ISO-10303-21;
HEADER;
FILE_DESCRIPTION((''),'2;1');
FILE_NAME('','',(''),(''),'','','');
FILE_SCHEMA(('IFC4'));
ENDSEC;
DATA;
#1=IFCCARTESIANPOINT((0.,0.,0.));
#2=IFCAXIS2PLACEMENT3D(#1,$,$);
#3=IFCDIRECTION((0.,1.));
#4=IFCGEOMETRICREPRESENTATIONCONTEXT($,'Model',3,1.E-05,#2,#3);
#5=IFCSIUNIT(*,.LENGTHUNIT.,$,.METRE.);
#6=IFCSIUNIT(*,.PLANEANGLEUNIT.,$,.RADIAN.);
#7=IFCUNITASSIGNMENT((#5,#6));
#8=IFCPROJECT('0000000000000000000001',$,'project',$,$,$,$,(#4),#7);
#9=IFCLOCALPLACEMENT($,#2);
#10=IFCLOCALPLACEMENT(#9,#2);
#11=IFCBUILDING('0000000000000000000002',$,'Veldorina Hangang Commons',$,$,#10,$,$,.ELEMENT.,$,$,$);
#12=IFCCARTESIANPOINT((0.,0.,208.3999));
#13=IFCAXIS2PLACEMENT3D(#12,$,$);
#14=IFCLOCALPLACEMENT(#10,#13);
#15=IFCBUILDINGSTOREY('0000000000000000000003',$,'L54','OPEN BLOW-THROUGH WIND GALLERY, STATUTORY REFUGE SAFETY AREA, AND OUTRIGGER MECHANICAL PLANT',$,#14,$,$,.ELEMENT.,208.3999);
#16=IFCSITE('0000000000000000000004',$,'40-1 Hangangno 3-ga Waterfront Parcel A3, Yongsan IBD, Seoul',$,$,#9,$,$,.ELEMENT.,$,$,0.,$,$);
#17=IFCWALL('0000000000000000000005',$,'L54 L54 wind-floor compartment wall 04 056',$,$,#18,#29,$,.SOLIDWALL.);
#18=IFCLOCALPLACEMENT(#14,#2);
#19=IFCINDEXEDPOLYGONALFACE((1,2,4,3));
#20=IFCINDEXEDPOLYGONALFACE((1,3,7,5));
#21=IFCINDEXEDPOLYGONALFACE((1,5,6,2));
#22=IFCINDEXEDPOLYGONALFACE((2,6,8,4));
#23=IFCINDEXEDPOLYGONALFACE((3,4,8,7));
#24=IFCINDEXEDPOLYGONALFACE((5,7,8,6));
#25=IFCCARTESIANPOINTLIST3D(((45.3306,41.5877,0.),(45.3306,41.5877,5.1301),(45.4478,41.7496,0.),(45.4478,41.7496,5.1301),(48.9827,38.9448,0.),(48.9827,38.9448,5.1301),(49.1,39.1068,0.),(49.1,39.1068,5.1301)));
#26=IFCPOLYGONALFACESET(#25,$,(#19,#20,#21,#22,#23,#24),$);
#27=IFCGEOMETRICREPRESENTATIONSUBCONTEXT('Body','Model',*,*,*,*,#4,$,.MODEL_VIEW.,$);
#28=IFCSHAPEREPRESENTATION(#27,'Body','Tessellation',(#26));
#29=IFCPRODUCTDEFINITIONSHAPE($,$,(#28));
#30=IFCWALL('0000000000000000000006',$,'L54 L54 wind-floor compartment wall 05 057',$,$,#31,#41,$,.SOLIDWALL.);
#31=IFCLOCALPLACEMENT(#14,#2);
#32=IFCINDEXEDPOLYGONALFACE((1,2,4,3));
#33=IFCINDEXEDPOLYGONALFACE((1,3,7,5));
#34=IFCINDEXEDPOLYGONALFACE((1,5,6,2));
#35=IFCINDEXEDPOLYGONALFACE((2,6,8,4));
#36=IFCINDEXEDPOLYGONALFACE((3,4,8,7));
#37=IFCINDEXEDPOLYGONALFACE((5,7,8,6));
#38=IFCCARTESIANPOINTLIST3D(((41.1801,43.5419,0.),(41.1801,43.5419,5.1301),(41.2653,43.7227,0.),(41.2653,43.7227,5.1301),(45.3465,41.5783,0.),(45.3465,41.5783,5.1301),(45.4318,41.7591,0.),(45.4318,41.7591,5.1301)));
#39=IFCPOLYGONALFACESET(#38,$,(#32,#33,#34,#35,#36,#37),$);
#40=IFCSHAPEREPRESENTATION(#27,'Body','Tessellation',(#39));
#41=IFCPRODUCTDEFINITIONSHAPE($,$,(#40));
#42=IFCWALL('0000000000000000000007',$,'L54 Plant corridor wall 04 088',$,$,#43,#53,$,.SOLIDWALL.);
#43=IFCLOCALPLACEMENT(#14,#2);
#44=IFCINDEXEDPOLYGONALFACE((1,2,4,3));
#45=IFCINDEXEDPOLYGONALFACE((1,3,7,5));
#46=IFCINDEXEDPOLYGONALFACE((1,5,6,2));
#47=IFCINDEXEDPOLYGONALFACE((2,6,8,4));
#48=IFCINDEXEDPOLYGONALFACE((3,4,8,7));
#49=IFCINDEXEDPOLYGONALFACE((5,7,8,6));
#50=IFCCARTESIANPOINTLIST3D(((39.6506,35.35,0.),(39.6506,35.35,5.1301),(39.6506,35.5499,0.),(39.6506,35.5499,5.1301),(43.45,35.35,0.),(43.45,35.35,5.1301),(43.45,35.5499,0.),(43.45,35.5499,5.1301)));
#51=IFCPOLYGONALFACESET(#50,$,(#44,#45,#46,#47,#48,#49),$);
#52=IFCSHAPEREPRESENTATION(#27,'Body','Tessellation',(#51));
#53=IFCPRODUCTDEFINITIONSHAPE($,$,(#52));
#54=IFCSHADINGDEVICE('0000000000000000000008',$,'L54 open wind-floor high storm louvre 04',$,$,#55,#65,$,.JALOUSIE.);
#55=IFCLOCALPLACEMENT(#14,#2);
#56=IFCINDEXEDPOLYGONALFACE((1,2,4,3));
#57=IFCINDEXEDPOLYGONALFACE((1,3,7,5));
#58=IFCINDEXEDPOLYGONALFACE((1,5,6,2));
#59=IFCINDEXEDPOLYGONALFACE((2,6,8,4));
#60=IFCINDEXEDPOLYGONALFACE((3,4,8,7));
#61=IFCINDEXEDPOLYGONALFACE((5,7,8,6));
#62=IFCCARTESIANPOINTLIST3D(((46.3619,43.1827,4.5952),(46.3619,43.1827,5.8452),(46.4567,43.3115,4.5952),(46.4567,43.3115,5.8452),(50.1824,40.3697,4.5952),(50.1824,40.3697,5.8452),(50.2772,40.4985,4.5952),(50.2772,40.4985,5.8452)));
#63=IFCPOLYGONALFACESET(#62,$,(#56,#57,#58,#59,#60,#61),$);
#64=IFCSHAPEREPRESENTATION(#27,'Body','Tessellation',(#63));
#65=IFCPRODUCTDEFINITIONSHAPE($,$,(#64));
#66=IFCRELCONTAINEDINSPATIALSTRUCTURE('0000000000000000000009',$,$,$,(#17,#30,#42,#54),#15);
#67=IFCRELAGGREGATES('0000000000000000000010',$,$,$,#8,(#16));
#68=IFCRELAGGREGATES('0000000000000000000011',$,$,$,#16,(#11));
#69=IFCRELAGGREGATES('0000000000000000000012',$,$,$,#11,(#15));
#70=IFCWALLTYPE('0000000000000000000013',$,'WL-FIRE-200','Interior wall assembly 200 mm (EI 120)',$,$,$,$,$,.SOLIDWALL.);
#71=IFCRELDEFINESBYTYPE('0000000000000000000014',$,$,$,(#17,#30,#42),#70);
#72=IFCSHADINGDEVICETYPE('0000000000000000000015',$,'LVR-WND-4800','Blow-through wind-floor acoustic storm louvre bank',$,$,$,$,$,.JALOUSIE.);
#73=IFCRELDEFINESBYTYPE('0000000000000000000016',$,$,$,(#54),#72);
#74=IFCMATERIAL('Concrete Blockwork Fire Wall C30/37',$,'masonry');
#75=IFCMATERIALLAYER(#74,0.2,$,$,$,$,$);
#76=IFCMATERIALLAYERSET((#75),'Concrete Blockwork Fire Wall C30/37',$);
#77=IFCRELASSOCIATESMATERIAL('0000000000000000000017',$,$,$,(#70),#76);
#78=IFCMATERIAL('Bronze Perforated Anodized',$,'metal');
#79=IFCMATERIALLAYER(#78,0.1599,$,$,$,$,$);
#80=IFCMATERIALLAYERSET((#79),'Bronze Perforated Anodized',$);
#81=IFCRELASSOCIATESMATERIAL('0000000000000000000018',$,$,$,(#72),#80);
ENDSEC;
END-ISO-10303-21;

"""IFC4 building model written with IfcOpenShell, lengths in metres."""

from ifc_helpers import new_model, si_unit, direction, frame, frame_2d, origin, origin_2d, place, context, subcontext, project, spatial, rectangle, extrude, material, layer, layer_set, type_object, element, save


model = new_model("IFC4")

# Units and contexts
model_context = context("Model", 3, precision=1e-05, world=origin(), true_north=direction((0.0, 1.0)))
body_context = subcontext(model_context, "Body", "Model", "MODEL_VIEW")
ifc_project = project(units=[si_unit("LENGTHUNIT", "METRE"), si_unit("PLANEANGLEUNIT", "RADIAN")], contexts=[model_context])

# Site, building, storey
site_placement = place(None, origin())
site = spatial("IfcSite", under=ifc_project, at=site_placement, Name="40-1 Hangangno 3-ga Waterfront Parcel A3, Yongsan IBD, Seoul", CompositionType="ELEMENT", RefElevation=0.0)
building_placement = place(site_placement, origin())
building = spatial("IfcBuilding", under=site, at=building_placement, Name="Veldorina Hangang Commons", CompositionType="ELEMENT")
storey_placement = place(building_placement, frame((0.0, 0.0, 208.3999)))
storey = spatial("IfcBuildingStorey", under=building, at=storey_placement, Name="L54", Description="OPEN BLOW-THROUGH WIND GALLERY, STATUTORY REFUGE SAFETY AREA, AND OUTRIGGER MECHANICAL PLANT", CompositionType="ELEMENT", Elevation=208.3999)

# Walls
ifc_material_1 = material(Name="Concrete Blockwork Fire Wall C30/37", Category="masonry")
ifc_layer_1 = layer(ifc_material_1, 0.2)
ifc_layer_set_1 = layer_set([ifc_layer_1], Name="Concrete Blockwork Fire Wall C30/37")
wall_type = type_object("IfcWallType", Name="WL-FIRE-200", Description="Interior wall assembly 200 mm (EI 120)", PredefinedType="SOLIDWALL", material=ifc_layer_set_1)
wall_1_placement = place(storey_placement, frame((49.0413, 39.0259, 0.0), z_axis=(0.0, 0.0, 1.0), x_axis=(-0.810132, 0.586248, 0.0)))
element("IfcWall", 1, at=wall_1_placement, inside=storey, type_object=wall_type, Name="L54 L54 wind-floor compartment wall 04 056", PredefinedType="SOLIDWALL", context=body_context, shape_type="SweptSolid", body=[
    extrude(rectangle(XDim=4.5081, YDim=0.2, at=frame_2d((2.2539, 0.0))), origin(), (0.0, 0.0, 1.0), 5.1301),
])
wall_2_placement = place(storey_placement, frame((45.3892, 41.6687, 0.0), z_axis=(0.0, 0.0, 1.0), x_axis=(-0.904575, 0.426315, 0.0)))
element("IfcWall", 2, at=wall_2_placement, inside=storey, type_object=wall_type, Name="L54 L54 wind-floor compartment wall 05 057", PredefinedType="SOLIDWALL", context=body_context, shape_type="SweptSolid", body=[
    extrude(rectangle(XDim=4.606, YDim=0.2, at=frame_2d((2.303, 0.0))), origin(), (0.0, 0.0, 1.0), 5.1301),
])
wall_3_placement = place(storey_placement, frame((43.45, 35.45, 0.0), z_axis=(0.0, 0.0, 1.0), x_axis=(-1.0, 0.0, 0.0)))
element("IfcWall", 3, at=wall_3_placement, inside=storey, type_object=wall_type, Name="L54 Plant corridor wall 04 088", PredefinedType="SOLIDWALL", context=body_context, shape_type="SweptSolid", body=[
    extrude(rectangle(XDim=3.7993, YDim=0.2, at=frame_2d((1.8997, 0.0))), origin(), (0.0, 0.0, 1.0), 5.1301),
])

# Shading device
ifc_material_2 = material(Name="Bronze Perforated Anodized", Category="metal")
ifc_layer_2 = layer(ifc_material_2, 0.1599)
ifc_layer_set_2 = layer_set([ifc_layer_2], Name="Bronze Perforated Anodized")
shading_device_type = type_object("IfcShadingDeviceType", Name="LVR-WND-4800", Description="Blow-through wind-floor acoustic storm louvre bank", PredefinedType="JALOUSIE", material=ifc_layer_set_2)
shading_device_placement = place(storey_placement, frame((48.3196, 41.8406, 4.5952), z_axis=(0.0, 0.0, 1.0), x_axis=(-0.805266, 0.592913, 0.0)))
element("IfcShadingDevice", 4, at=shading_device_placement, inside=storey, type_object=shading_device_type, Name="L54 open wind-floor high storm louvre 04", PredefinedType="JALOUSIE", context=body_context, shape_type="SweptSolid", body=[
    extrude(rectangle(XDim=4.7444, YDim=0.1599, at=origin_2d()), origin(), (0.0, 0.0, 1.0), 1.25),
])

save(model, "model.ifc")
